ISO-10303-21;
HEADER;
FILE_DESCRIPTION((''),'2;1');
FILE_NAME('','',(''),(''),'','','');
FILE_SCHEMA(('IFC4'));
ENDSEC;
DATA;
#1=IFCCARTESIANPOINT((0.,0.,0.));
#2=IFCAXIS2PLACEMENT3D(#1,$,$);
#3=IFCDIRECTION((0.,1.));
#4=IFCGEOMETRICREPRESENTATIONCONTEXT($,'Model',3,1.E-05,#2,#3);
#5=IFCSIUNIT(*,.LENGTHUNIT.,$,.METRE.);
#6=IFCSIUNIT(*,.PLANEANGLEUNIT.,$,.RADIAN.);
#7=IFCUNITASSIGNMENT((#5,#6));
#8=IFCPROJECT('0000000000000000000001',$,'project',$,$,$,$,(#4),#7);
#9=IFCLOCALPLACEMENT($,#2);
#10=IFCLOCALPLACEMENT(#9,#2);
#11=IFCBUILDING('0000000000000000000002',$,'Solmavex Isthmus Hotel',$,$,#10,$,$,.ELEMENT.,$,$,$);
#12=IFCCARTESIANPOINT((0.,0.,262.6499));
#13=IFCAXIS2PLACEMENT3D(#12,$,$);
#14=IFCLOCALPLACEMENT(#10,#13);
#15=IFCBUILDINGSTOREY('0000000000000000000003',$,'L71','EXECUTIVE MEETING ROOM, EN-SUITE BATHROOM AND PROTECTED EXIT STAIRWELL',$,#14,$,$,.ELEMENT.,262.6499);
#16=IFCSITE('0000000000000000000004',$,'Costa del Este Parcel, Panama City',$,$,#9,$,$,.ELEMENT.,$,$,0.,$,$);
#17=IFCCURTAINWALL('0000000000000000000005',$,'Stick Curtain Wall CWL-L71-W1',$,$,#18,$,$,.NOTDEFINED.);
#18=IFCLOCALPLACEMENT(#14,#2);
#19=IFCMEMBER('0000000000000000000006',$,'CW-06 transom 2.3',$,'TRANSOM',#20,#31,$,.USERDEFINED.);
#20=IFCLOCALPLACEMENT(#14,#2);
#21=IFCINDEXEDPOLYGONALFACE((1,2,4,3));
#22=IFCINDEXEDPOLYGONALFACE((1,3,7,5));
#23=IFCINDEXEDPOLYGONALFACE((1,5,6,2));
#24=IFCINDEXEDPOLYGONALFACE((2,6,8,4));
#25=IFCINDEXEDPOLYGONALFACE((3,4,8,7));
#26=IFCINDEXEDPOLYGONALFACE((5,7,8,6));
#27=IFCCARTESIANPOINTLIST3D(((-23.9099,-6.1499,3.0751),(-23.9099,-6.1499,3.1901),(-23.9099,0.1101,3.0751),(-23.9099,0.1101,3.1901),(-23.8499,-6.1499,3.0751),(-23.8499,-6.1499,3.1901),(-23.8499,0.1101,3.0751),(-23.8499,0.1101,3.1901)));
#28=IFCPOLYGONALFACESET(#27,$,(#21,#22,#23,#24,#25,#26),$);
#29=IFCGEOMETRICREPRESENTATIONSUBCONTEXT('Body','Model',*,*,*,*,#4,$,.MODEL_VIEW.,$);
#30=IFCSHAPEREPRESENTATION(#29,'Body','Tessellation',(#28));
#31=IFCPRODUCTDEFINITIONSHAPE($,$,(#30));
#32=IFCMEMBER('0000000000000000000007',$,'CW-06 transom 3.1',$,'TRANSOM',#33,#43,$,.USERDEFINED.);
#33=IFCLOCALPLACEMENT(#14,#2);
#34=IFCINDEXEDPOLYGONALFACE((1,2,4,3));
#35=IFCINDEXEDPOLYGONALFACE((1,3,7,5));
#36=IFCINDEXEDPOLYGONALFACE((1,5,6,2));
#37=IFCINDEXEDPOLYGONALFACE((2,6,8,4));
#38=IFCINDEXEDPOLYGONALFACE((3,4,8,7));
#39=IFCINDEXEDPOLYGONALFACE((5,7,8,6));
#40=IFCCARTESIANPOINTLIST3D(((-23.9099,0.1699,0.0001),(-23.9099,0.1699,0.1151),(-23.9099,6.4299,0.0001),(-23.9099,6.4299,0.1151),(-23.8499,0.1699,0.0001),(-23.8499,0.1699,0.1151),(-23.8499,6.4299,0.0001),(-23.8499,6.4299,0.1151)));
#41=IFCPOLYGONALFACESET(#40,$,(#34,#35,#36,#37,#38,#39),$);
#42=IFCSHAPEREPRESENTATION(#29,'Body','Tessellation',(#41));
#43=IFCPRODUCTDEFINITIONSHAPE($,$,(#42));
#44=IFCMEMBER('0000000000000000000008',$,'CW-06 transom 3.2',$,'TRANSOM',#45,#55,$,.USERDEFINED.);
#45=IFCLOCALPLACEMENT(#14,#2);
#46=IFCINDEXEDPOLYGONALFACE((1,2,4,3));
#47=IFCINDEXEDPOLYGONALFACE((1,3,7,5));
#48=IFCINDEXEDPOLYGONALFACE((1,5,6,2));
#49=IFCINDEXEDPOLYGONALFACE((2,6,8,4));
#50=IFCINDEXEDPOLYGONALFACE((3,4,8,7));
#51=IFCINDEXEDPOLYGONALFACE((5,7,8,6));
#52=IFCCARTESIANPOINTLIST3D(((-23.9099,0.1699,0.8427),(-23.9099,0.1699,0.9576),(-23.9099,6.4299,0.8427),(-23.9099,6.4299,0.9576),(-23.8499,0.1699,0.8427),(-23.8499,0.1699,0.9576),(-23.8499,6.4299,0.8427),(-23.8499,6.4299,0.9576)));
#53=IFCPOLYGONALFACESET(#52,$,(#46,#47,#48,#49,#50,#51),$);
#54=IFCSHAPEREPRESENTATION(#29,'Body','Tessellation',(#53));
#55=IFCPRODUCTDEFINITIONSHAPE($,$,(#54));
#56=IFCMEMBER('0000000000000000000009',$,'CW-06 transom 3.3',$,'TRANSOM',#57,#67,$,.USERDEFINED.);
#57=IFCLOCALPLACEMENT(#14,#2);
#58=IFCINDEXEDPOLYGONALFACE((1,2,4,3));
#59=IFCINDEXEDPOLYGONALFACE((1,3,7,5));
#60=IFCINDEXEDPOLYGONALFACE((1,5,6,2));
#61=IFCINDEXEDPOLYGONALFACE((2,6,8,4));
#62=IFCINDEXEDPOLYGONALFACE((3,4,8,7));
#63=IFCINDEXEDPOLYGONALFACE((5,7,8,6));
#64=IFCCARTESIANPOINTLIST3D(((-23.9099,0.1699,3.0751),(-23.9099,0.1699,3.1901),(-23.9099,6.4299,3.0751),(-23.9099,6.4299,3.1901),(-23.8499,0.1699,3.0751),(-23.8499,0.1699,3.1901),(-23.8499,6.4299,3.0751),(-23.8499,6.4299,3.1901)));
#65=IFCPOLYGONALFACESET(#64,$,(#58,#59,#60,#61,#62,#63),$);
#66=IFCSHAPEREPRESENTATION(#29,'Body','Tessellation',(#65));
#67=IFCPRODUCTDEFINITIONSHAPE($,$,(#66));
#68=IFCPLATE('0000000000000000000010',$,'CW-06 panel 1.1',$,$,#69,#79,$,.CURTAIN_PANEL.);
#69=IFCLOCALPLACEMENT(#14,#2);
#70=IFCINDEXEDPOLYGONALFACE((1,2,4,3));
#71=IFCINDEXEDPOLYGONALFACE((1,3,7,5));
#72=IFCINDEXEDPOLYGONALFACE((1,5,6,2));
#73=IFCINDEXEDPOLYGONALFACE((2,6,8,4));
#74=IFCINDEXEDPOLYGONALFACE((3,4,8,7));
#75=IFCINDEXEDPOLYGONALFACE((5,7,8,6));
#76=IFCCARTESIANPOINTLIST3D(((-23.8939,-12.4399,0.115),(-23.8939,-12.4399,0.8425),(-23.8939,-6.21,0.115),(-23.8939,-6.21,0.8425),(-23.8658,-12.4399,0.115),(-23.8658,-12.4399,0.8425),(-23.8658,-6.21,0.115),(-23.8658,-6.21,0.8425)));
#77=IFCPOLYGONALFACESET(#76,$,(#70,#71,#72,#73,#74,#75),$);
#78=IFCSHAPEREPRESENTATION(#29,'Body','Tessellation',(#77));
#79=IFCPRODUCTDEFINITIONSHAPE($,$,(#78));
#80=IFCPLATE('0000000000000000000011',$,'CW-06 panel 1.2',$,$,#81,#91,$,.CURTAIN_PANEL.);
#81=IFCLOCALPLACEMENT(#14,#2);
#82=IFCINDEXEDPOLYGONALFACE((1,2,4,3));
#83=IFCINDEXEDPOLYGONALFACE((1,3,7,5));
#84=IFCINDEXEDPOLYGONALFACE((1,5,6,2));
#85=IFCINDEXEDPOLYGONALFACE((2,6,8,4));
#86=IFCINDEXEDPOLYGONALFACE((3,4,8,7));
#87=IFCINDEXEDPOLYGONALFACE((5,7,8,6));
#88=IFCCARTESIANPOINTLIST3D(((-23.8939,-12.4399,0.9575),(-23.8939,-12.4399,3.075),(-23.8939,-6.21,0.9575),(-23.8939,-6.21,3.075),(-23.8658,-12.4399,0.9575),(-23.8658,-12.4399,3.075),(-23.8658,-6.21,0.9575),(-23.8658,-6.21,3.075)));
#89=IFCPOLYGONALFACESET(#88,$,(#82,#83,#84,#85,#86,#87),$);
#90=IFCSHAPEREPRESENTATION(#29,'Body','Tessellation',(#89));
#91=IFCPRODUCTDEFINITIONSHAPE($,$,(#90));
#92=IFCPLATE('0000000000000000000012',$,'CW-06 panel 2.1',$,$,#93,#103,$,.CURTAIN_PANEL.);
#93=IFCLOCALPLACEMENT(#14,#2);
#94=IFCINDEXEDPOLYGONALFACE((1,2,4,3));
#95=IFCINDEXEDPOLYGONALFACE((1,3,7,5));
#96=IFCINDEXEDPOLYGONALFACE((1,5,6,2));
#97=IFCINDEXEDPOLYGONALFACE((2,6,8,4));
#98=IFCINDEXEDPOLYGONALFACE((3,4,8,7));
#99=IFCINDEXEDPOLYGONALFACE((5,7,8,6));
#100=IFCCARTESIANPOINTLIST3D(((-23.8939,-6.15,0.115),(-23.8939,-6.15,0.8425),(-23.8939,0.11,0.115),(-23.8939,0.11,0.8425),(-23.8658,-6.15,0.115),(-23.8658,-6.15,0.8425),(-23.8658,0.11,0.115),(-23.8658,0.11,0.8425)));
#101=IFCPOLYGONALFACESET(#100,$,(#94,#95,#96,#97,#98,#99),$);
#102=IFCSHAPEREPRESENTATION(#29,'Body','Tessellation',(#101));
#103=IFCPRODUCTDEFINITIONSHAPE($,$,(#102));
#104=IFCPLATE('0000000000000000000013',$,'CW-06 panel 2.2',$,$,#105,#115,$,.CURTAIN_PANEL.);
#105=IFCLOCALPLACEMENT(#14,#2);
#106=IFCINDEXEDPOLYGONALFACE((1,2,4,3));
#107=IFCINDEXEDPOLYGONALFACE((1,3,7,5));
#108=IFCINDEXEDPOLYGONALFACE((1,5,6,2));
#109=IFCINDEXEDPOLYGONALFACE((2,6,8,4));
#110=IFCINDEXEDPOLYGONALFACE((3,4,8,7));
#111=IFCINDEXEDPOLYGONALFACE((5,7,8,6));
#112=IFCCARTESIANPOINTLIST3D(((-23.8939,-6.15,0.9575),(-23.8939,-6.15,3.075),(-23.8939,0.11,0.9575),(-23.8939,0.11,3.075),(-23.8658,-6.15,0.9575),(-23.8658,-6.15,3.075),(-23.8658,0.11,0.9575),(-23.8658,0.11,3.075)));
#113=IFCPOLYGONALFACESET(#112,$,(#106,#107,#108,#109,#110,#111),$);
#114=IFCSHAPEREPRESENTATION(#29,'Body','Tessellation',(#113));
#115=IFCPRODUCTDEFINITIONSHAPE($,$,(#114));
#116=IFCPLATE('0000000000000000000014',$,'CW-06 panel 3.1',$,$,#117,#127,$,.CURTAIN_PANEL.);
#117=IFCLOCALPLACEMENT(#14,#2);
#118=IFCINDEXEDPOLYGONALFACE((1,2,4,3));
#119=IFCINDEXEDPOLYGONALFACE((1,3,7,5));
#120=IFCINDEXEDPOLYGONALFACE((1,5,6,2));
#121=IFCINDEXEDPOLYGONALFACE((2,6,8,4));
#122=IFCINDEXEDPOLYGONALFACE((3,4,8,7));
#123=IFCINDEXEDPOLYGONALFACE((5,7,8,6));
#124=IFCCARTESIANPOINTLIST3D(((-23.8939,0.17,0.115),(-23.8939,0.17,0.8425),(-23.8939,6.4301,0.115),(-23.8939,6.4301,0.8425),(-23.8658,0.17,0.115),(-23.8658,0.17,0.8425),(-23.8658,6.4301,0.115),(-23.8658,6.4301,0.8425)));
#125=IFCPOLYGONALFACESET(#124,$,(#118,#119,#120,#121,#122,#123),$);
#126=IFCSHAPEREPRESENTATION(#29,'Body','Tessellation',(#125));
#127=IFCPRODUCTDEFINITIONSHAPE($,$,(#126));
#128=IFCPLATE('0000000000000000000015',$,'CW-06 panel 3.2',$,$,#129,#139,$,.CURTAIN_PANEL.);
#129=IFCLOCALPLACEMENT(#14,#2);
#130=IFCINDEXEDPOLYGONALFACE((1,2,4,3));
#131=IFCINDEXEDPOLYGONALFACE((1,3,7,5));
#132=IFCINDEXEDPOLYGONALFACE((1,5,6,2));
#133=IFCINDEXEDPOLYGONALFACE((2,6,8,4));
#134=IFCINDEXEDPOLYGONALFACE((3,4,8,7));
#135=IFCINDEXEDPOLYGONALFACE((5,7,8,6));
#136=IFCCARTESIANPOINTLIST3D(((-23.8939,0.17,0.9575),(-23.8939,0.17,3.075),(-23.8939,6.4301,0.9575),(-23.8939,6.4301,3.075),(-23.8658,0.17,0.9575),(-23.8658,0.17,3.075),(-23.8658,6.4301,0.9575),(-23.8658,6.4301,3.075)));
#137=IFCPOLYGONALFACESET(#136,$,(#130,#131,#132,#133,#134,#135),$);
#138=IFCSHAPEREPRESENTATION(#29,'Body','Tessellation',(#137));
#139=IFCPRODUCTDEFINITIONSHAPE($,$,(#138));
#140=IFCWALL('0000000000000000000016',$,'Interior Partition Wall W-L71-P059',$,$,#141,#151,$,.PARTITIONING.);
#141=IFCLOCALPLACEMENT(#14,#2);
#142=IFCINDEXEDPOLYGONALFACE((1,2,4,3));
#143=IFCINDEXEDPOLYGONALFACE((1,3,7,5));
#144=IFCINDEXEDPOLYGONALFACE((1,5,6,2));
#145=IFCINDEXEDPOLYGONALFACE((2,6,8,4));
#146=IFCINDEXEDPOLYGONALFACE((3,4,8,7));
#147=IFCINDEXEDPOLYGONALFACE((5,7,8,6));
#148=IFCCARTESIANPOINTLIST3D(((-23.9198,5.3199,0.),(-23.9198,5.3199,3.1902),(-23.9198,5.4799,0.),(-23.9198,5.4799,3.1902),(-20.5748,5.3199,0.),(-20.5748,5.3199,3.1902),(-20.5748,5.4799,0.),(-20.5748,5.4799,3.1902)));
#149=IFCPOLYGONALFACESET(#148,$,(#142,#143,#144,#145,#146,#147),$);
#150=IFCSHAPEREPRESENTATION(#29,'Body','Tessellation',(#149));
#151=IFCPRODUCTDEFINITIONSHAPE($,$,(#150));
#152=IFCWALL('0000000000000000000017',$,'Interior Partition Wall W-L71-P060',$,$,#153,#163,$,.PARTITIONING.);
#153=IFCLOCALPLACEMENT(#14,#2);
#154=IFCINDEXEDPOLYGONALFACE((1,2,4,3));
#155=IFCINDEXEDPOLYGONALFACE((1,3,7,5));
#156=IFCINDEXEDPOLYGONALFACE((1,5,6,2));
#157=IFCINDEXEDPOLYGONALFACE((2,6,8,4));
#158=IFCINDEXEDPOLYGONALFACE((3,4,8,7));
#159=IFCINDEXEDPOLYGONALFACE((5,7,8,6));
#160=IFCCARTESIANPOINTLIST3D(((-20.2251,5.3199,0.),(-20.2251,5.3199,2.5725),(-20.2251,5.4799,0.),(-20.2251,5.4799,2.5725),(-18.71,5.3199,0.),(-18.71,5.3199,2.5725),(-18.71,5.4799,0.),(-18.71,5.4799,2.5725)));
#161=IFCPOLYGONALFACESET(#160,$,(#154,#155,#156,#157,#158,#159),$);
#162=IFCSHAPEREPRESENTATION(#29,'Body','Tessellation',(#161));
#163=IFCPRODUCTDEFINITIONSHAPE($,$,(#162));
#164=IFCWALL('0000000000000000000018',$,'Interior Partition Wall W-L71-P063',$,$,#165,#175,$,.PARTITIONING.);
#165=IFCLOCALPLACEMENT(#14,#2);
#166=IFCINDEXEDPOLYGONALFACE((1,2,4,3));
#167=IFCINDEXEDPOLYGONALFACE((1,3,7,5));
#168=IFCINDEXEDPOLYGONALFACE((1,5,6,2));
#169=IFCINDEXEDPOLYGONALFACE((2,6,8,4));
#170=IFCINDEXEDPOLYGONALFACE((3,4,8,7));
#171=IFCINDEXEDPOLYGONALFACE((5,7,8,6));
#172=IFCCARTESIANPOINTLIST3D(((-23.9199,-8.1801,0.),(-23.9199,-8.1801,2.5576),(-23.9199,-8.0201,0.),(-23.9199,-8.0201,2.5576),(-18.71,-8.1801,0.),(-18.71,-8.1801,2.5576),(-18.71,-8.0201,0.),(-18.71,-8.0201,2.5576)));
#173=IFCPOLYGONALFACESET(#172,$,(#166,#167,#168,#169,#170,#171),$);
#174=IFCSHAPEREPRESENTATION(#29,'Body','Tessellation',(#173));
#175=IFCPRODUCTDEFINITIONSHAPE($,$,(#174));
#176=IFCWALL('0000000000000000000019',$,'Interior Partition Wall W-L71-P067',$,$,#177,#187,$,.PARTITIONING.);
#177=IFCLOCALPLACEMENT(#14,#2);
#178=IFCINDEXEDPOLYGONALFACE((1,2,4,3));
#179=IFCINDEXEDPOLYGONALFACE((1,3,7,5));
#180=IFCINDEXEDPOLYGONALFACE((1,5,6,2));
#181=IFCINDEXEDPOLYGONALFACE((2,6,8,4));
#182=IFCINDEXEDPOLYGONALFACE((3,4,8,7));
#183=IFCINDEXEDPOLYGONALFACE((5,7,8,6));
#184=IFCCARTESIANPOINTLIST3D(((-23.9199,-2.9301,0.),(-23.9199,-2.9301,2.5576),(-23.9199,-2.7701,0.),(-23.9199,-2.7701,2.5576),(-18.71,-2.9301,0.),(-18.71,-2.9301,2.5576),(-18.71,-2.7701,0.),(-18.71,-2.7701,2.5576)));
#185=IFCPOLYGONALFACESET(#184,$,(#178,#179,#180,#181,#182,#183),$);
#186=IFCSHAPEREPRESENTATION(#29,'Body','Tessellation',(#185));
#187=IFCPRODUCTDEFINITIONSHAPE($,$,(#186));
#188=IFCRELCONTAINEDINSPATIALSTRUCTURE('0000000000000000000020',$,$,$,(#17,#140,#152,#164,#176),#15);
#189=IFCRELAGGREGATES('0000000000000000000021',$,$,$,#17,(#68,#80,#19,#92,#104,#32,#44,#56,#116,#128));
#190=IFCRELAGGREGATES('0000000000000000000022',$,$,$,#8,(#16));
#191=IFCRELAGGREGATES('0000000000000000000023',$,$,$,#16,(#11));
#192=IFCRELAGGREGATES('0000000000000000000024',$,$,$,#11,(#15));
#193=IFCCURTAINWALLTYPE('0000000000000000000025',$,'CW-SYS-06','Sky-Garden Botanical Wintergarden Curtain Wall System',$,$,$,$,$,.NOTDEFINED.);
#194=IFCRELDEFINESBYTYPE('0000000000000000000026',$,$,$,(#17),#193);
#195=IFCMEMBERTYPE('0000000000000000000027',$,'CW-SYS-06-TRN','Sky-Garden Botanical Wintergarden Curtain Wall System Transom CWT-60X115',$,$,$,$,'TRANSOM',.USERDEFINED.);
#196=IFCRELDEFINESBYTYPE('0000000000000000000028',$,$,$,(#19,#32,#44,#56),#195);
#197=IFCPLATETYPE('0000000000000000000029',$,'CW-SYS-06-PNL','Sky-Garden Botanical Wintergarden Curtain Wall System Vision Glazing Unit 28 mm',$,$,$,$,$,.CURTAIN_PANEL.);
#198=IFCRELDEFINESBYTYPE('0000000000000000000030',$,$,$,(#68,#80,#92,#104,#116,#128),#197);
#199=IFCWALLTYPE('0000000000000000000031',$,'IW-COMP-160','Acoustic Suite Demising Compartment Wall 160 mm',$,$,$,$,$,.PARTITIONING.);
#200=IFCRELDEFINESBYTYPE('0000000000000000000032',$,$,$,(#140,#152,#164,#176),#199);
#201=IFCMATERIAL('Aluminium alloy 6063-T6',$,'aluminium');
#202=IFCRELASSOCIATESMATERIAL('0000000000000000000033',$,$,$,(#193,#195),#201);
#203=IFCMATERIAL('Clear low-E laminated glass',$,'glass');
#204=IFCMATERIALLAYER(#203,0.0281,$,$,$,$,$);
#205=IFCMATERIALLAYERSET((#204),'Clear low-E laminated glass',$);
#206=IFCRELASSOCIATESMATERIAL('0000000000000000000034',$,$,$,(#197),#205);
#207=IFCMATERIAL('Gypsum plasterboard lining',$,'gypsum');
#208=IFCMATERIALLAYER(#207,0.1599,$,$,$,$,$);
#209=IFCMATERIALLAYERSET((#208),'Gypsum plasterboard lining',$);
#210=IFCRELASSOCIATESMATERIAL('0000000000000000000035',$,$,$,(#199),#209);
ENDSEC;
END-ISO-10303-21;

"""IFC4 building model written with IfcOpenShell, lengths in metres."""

from ifc_helpers import new_model, si_unit, direction, frame, frame_2d, origin, origin_2d, place, context, subcontext, project, spatial, rectangle, extrude, material, layer, layer_set, material_profile, profile_set, type_object, element, aggregate, save


model = new_model("IFC4")

# Units and contexts
model_context = context("Model", 3, precision=1e-05, world=origin(), true_north=direction((0.0, 1.0)))
body_context = subcontext(model_context, "Body", "Model", "MODEL_VIEW")
ifc_project = project(units=[si_unit("LENGTHUNIT", "METRE"), si_unit("PLANEANGLEUNIT", "RADIAN")], contexts=[model_context])

# Site, building, storey
site_placement = place(None, origin())
site = spatial("IfcSite", under=ifc_project, at=site_placement, Name="Costa del Este Parcel, Panama City", CompositionType="ELEMENT", RefElevation=0.0)
building_placement = place(site_placement, origin())
building = spatial("IfcBuilding", under=site, at=building_placement, Name="Solmavex Isthmus Hotel", CompositionType="ELEMENT")
storey_placement = place(building_placement, frame((0.0, 0.0, 262.6499)))
storey = spatial("IfcBuildingStorey", under=building, at=storey_placement, Name="L71", Description="EXECUTIVE MEETING ROOM, EN-SUITE BATHROOM AND PROTECTED EXIT STAIRWELL", CompositionType="ELEMENT", Elevation=262.6499)

# Curtain wall, members, plates
ifc_material_1 = material(Name="Aluminium alloy 6063-T6", Category="aluminium")
curtain_wall_type = type_object("IfcCurtainWallType", Name="CW-SYS-06", Description="Sky-Garden Botanical Wintergarden Curtain Wall System", PredefinedType="NOTDEFINED", material=ifc_material_1)
curtain_wall_placement = place(storey_placement, origin())
curtain_wall = element("IfcCurtainWall", 1, at=curtain_wall_placement, inside=storey, type_object=curtain_wall_type, Name="Stick Curtain Wall CWL-L71-W1", PredefinedType="NOTDEFINED")
ifc_material_profile_1 = material_profile(ifc_material_1, rectangle(XDim=0.0601, YDim=0.115, at=origin_2d()), Name="CWT-60X115")
ifc_profile_set_1 = profile_set([ifc_material_profile_1], Name="Aluminium alloy 6063-T6")
member_type_1 = type_object("IfcMemberType", Name="CW-SYS-06-TRN", Description="Sky-Garden Botanical Wintergarden Curtain Wall System Transom CWT-60X115", ElementType="TRANSOM", PredefinedType="USERDEFINED", material=ifc_profile_set_1)
member_1_placement = place(storey_placement, frame((-23.8799, -6.1499, 3.1326), z_axis=(0.0, 1.0, 0.0), x_axis=(-1.0, 0.0, 0.0)))
member_1 = element("IfcMember", 2, at=member_1_placement, type_object=member_type_1, Name="CW-06 transom 2.3", ObjectType="TRANSOM", PredefinedType="USERDEFINED", context=body_context, shape_type="SweptSolid", body=[
    extrude(rectangle(XDim=0.0601, YDim=0.115, at=origin_2d()), origin(), (0.0, 0.0, 1.0), 6.26),
])
member_2_placement = place(storey_placement, frame((-23.8799, 0.1699, 0.0576), z_axis=(0.0, 1.0, 0.0), x_axis=(-1.0, 0.0, 0.0)))
member_2 = element("IfcMember", 3, at=member_2_placement, type_object=member_type_1, Name="CW-06 transom 3.1", ObjectType="TRANSOM", PredefinedType="USERDEFINED", context=body_context, shape_type="SweptSolid", body=[
    extrude(rectangle(XDim=0.0601, YDim=0.115, at=origin_2d()), origin(), (0.0, 0.0, 1.0), 6.26),
])
member_3_placement = place(storey_placement, frame((-23.8799, 0.1699, 0.9001), z_axis=(0.0, 1.0, 0.0), x_axis=(-1.0, 0.0, 0.0)))
member_3 = element("IfcMember", 4, at=member_3_placement, type_object=member_type_1, Name="CW-06 transom 3.2", ObjectType="TRANSOM", PredefinedType="USERDEFINED", context=body_context, shape_type="SweptSolid", body=[
    extrude(rectangle(XDim=0.0601, YDim=0.115, at=origin_2d()), origin(), (0.0, 0.0, 1.0), 6.26),
])
member_4_placement = place(storey_placement, frame((-23.8799, 0.1699, 3.1326), z_axis=(0.0, 1.0, 0.0), x_axis=(-1.0, 0.0, 0.0)))
member_4 = element("IfcMember", 5, at=member_4_placement, type_object=member_type_1, Name="CW-06 transom 3.3", ObjectType="TRANSOM", PredefinedType="USERDEFINED", context=body_context, shape_type="SweptSolid", body=[
    extrude(rectangle(XDim=0.0601, YDim=0.115, at=origin_2d()), origin(), (0.0, 0.0, 1.0), 6.26),
])
ifc_material_2 = material(Name="Clear low-E laminated glass", Category="glass")
ifc_layer_1 = layer(ifc_material_2, 0.0281)
ifc_layer_set_1 = layer_set([ifc_layer_1], Name="Clear low-E laminated glass")
plate_type = type_object("IfcPlateType", Name="CW-SYS-06-PNL", Description="Sky-Garden Botanical Wintergarden Curtain Wall System Vision Glazing Unit 28 mm", PredefinedType="CURTAIN_PANEL", material=ifc_layer_set_1)
plate_1_placement = place(storey_placement, frame((-23.8799, -9.325, 0.115), z_axis=(0.0, 0.0, 1.0), x_axis=(0.0, 1.0, 0.0)))
plate_1 = element("IfcPlate", 6, at=plate_1_placement, type_object=plate_type, Name="CW-06 panel 1.1", PredefinedType="CURTAIN_PANEL", context=body_context, shape_type="SweptSolid", body=[
    extrude(rectangle(XDim=6.23, YDim=0.0281, at=origin_2d()), origin(), (0.0, 0.0, 1.0), 0.7275),
])
plate_2_placement = place(storey_placement, frame((-23.8799, -9.325, 0.9575), z_axis=(0.0, 0.0, 1.0), x_axis=(0.0, 1.0, 0.0)))
plate_2 = element("IfcPlate", 7, at=plate_2_placement, type_object=plate_type, Name="CW-06 panel 1.2", PredefinedType="CURTAIN_PANEL", context=body_context, shape_type="SweptSolid", body=[
    extrude(rectangle(XDim=6.23, YDim=0.0281, at=origin_2d()), origin(), (0.0, 0.0, 1.0), 2.1174),
])
plate_3_placement = place(storey_placement, frame((-23.8799, -3.02, 0.115), z_axis=(0.0, 0.0, 1.0), x_axis=(0.0, 1.0, 0.0)))
plate_3 = element("IfcPlate", 8, at=plate_3_placement, type_object=plate_type, Name="CW-06 panel 2.1", PredefinedType="CURTAIN_PANEL", context=body_context, shape_type="SweptSolid", body=[
    extrude(rectangle(XDim=6.26, YDim=0.0281, at=origin_2d()), origin(), (0.0, 0.0, 1.0), 0.7275),
])
plate_4_placement = place(storey_placement, frame((-23.8799, -3.02, 0.9575), z_axis=(0.0, 0.0, 1.0), x_axis=(0.0, 1.0, 0.0)))
plate_4 = element("IfcPlate", 9, at=plate_4_placement, type_object=plate_type, Name="CW-06 panel 2.2", PredefinedType="CURTAIN_PANEL", context=body_context, shape_type="SweptSolid", body=[
    extrude(rectangle(XDim=6.26, YDim=0.0281, at=origin_2d()), origin(), (0.0, 0.0, 1.0), 2.1174),
])
plate_5_placement = place(storey_placement, frame((-23.8799, 3.3, 0.115), z_axis=(0.0, 0.0, 1.0), x_axis=(0.0, 1.0, 0.0)))
plate_5 = element("IfcPlate", 10, at=plate_5_placement, type_object=plate_type, Name="CW-06 panel 3.1", PredefinedType="CURTAIN_PANEL", context=body_context, shape_type="SweptSolid", body=[
    extrude(rectangle(XDim=6.26, YDim=0.0281, at=origin_2d()), origin(), (0.0, 0.0, 1.0), 0.7275),
])
plate_6_placement = place(storey_placement, frame((-23.8799, 3.3, 0.9575), z_axis=(0.0, 0.0, 1.0), x_axis=(0.0, 1.0, 0.0)))
plate_6 = element("IfcPlate", 11, at=plate_6_placement, type_object=plate_type, Name="CW-06 panel 3.2", PredefinedType="CURTAIN_PANEL", context=body_context, shape_type="SweptSolid", body=[
    extrude(rectangle(XDim=6.26, YDim=0.0281, at=origin_2d()), origin(), (0.0, 0.0, 1.0), 2.1174),
])
aggregate(curtain_wall, [plate_1, plate_2, member_1, plate_3, plate_4, member_2, member_3, member_4, plate_5, plate_6])

# Walls
ifc_material_3 = material(Name="Gypsum plasterboard lining", Category="gypsum")
ifc_layer_2 = layer(ifc_material_3, 0.1599)
ifc_layer_set_2 = layer_set([ifc_layer_2], Name="Gypsum plasterboard lining")
wall_type_1 = type_object("IfcWallType", Name="IW-COMP-160", Description="Acoustic Suite Demising Compartment Wall 160 mm", PredefinedType="PARTITIONING", material=ifc_layer_set_2)
wall_1_placement = place(storey_placement, frame((-20.575, 5.3999, 0.0), z_axis=(0.0, 0.0, 1.0), x_axis=(-1.0, 0.0, 0.0)))
element("IfcWall", 12, at=wall_1_placement, inside=storey, type_object=wall_type_1, Name="Interior Partition Wall W-L71-P059", PredefinedType="PARTITIONING", context=body_context, shape_type="SweptSolid", body=[
    extrude(rectangle(XDim=3.345, YDim=0.1599, at=frame_2d((1.6724, 0.0))), origin(), (0.0, 0.0, 1.0), 3.1902),
])
wall_2_placement = place(storey_placement, frame((-18.71, 5.3999, 0.0), z_axis=(0.0, 0.0, 1.0), x_axis=(-1.0, 0.0, 0.0)))
element("IfcWall", 13, at=wall_2_placement, inside=storey, type_object=wall_type_1, Name="Interior Partition Wall W-L71-P060", PredefinedType="PARTITIONING", context=body_context, shape_type="SweptSolid", body=[
    extrude(rectangle(XDim=1.5151, YDim=0.1599, at=frame_2d((0.7576, 0.0))), origin(), (0.0, 0.0, 1.0), 2.5725),
])
for number, where, z_axis, x_axis, name in (
    (14, (-23.9199, -8.1001, 0.0), (0.0, 0.0, 1.0), (1.0, 0.0, 0.0), "Interior Partition Wall W-L71-P063"),
    (15, (-23.9199, -2.8501, 0.0), (0.0, 0.0, 1.0), (1.0, 0.0, 0.0), "Interior Partition Wall W-L71-P067"),
):
    element("IfcWall", number, at=place(storey_placement, frame(where, z_axis=z_axis, x_axis=x_axis)), inside=storey, type_object=wall_type_1, Name=name, PredefinedType="PARTITIONING", context=body_context, shape_type="SweptSolid", body=[
        extrude(rectangle(XDim=5.21, YDim=0.1599, at=frame_2d((2.605, 0.0))), origin(), (0.0, 0.0, 1.0), 2.5576),
    ])

save(model, "model.ifc")
